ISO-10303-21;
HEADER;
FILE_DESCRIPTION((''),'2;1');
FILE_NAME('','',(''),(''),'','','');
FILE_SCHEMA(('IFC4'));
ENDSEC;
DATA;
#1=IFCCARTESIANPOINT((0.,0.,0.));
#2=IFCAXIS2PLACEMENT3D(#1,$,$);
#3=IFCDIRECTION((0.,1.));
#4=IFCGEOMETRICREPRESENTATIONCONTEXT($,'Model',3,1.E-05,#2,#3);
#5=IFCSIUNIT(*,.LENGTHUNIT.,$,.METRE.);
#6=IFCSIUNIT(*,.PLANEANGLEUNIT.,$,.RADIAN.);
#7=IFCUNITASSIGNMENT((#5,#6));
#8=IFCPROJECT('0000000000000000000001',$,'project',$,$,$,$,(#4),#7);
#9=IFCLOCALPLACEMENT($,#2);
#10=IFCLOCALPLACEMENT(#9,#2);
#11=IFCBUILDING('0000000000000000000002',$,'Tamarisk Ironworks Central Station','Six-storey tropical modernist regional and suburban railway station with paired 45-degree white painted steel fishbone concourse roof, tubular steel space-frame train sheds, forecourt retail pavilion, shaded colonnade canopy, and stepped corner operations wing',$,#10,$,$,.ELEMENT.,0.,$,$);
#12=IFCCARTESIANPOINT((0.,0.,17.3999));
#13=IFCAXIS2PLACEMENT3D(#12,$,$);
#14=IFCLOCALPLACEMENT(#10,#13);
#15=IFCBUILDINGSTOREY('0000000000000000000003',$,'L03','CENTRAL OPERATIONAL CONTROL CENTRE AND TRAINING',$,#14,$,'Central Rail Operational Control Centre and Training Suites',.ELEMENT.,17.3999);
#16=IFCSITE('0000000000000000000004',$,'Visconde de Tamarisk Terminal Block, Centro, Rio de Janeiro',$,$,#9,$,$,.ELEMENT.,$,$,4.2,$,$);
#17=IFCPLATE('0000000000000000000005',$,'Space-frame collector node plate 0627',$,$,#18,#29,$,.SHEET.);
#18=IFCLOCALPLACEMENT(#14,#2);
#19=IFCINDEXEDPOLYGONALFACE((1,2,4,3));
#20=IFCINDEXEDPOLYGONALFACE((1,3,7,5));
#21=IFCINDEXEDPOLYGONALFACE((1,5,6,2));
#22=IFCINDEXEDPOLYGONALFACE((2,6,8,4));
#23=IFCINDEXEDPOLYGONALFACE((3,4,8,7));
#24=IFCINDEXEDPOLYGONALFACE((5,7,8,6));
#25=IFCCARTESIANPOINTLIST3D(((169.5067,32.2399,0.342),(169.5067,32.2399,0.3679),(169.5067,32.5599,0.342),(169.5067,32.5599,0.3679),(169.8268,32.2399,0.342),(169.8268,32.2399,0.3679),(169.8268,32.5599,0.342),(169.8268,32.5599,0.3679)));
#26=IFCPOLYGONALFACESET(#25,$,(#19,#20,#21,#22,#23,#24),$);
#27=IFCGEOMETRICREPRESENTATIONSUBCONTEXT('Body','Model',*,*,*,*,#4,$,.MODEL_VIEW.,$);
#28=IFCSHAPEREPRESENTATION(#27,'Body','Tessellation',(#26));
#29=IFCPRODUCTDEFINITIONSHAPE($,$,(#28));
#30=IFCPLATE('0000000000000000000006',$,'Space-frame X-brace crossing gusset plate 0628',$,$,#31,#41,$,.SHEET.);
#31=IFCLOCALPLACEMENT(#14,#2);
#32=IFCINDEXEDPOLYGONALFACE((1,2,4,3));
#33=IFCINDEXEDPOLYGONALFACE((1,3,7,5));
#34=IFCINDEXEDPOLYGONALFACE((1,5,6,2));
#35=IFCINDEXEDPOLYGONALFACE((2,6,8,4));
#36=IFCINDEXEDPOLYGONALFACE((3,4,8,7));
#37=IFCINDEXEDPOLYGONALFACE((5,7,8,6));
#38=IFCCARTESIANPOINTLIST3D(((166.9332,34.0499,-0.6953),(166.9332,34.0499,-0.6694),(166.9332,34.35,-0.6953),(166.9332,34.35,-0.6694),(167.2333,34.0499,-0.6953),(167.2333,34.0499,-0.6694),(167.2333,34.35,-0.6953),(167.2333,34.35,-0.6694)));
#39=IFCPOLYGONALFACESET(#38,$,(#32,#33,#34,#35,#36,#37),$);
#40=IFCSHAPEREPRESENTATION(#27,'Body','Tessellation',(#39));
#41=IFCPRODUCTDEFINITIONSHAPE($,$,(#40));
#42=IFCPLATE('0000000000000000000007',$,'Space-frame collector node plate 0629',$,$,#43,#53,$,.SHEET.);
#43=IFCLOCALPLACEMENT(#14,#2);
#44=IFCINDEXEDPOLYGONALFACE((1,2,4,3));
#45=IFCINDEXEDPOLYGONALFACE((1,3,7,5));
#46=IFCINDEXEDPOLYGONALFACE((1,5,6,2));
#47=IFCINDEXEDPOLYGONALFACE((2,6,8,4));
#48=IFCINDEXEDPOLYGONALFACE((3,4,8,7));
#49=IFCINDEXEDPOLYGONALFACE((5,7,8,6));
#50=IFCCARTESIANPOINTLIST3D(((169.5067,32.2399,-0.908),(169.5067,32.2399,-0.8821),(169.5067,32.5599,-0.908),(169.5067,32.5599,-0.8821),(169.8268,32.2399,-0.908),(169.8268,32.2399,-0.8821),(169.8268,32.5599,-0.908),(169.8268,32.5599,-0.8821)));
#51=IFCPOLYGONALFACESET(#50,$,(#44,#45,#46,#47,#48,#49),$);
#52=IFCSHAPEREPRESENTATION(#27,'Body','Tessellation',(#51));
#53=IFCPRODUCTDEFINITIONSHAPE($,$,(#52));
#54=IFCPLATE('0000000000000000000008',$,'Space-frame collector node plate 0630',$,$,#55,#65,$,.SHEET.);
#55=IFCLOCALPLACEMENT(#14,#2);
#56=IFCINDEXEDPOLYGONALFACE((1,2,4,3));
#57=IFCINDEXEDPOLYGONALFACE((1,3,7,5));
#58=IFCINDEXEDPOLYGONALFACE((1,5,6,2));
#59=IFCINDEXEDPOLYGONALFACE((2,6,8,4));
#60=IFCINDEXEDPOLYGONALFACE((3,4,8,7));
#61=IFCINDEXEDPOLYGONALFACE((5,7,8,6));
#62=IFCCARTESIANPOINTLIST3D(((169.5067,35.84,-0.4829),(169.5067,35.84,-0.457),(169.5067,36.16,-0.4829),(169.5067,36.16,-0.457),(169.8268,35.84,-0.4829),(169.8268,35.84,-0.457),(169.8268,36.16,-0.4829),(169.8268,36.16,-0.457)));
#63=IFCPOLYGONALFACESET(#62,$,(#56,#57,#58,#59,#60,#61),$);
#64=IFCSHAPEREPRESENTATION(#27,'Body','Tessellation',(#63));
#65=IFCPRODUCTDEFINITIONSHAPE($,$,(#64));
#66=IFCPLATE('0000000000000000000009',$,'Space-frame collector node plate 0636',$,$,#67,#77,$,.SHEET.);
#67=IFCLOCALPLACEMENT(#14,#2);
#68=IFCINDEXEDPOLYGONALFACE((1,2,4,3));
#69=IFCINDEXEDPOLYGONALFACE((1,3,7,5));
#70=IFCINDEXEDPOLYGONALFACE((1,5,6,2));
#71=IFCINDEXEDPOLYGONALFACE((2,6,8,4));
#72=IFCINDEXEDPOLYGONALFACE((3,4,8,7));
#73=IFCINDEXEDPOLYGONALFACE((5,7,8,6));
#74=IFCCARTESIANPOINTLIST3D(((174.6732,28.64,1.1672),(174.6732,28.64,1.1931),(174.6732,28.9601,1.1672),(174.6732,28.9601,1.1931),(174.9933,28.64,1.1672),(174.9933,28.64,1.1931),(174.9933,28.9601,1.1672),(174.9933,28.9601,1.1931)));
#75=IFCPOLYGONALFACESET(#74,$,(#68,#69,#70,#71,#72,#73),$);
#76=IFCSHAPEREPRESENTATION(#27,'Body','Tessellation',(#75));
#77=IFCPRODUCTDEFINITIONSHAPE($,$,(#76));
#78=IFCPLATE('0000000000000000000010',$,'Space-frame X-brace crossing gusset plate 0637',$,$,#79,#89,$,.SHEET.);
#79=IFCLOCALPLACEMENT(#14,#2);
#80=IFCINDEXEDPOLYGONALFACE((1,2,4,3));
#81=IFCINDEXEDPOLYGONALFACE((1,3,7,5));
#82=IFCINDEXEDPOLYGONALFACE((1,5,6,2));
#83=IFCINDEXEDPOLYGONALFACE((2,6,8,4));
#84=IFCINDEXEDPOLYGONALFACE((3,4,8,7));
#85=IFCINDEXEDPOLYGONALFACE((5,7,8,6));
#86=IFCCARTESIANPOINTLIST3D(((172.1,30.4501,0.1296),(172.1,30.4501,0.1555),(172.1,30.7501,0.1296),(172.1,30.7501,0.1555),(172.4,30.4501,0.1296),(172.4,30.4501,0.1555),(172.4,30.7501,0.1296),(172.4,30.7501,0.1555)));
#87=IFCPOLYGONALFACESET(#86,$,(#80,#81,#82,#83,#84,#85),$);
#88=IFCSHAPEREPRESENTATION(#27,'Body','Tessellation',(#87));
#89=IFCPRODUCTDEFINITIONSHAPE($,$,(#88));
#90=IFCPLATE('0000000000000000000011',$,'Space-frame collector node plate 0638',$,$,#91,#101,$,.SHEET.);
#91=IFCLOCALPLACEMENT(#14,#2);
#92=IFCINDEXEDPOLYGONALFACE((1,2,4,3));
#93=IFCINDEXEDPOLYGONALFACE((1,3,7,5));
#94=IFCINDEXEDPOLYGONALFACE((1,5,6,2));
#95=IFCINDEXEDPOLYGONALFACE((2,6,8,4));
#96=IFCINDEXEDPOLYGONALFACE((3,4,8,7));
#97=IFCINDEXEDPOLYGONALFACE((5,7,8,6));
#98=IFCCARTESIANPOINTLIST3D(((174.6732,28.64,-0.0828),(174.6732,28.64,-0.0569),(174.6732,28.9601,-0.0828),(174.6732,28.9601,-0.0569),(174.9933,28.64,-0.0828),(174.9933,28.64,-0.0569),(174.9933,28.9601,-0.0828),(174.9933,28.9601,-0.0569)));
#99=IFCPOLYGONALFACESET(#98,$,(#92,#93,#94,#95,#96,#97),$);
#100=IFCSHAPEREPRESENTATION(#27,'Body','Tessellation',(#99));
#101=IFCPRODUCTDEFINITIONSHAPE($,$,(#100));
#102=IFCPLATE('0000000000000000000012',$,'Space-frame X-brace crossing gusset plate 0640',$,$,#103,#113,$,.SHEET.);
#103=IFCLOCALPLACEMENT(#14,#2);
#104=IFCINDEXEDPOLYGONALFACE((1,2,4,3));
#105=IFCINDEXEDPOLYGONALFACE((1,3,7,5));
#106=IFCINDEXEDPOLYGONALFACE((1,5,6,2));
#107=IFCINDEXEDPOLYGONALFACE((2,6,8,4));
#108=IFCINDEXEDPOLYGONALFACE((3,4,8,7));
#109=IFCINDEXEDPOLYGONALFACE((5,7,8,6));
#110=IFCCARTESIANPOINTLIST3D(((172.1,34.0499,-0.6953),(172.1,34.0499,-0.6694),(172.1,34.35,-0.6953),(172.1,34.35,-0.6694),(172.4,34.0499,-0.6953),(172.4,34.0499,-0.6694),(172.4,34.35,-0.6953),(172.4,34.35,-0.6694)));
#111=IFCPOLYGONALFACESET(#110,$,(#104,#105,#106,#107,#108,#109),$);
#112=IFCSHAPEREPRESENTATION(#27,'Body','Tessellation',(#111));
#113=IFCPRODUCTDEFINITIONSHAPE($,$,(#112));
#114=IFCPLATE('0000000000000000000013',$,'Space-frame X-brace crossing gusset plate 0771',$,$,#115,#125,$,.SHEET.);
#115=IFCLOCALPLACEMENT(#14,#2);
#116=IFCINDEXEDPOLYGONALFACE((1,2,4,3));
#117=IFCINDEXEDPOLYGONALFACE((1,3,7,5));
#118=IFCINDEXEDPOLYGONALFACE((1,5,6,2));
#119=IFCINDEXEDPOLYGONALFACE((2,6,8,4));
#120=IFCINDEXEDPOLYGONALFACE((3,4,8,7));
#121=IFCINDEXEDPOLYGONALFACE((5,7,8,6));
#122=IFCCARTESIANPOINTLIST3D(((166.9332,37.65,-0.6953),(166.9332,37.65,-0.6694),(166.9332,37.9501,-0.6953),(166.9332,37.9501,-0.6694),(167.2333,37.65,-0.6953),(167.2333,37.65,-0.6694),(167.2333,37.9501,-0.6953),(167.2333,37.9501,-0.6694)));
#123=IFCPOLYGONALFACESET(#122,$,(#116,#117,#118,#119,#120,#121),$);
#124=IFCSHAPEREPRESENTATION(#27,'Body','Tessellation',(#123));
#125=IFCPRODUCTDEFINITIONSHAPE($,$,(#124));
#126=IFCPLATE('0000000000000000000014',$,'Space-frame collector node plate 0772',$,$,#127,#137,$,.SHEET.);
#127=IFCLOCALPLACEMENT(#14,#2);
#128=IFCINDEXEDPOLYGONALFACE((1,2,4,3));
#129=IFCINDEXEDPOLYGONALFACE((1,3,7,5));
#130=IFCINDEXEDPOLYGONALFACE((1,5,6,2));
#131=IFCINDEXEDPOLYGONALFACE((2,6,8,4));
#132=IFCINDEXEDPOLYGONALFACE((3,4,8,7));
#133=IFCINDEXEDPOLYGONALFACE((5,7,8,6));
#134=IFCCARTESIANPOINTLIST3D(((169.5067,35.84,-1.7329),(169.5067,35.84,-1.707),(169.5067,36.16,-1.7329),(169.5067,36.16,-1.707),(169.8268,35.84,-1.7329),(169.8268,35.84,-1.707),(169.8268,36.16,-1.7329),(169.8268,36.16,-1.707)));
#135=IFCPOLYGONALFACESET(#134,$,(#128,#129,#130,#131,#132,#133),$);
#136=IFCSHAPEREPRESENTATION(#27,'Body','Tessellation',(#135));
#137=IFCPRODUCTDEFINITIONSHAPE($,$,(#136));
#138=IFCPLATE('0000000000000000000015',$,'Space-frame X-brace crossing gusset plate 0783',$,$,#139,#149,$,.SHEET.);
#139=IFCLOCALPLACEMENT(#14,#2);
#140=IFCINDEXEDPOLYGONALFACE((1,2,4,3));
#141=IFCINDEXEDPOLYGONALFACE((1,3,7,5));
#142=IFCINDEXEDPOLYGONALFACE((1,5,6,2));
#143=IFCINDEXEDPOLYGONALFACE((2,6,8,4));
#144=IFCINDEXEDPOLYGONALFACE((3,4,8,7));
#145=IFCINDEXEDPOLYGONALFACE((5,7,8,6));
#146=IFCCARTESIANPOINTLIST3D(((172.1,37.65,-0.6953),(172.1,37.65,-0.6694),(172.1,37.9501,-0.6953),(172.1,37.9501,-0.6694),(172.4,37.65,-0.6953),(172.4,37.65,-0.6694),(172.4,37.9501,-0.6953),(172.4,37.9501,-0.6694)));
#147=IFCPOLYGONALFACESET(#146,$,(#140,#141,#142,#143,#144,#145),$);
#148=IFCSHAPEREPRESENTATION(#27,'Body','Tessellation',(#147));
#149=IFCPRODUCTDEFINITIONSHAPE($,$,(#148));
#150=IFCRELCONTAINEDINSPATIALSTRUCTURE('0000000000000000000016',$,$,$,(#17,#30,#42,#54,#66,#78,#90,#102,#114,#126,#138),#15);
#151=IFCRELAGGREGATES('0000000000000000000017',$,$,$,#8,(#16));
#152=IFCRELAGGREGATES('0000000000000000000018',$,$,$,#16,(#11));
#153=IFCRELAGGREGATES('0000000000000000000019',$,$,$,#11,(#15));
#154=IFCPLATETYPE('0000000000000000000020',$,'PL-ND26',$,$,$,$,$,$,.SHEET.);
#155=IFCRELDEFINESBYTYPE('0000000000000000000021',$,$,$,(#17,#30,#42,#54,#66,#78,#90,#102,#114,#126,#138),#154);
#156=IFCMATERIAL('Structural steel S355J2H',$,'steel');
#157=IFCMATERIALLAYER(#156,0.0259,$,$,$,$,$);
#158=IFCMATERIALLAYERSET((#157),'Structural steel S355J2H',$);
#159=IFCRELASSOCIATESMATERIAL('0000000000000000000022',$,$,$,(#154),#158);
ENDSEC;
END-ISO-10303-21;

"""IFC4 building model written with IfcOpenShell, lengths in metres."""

from ifc_helpers import new_model, si_unit, direction, frame, origin, origin_2d, place, context, subcontext, project, spatial, rectangle, extrude, material, layer, layer_set, type_object, element, save


model = new_model("IFC4")

# Units and contexts
model_context = context("Model", 3, precision=1e-05, world=origin(), true_north=direction((0.0, 1.0)))
body_context = subcontext(model_context, "Body", "Model", "MODEL_VIEW")
ifc_project = project(units=[si_unit("LENGTHUNIT", "METRE"), si_unit("PLANEANGLEUNIT", "RADIAN")], contexts=[model_context])

# Site, building, storey
site_placement = place(None, origin())
site = spatial("IfcSite", under=ifc_project, at=site_placement, Name="Visconde de Tamarisk Terminal Block, Centro, Rio de Janeiro", CompositionType="ELEMENT", RefElevation=4.2)
building_placement = place(site_placement, origin())
building = spatial("IfcBuilding", under=site, at=building_placement, Name="Tamarisk Ironworks Central Station", Description="Six-storey tropical modernist regional and suburban railway station with paired 45-degree white painted steel fishbone concourse roof, tubular steel space-frame train sheds, forecourt retail pavilion, shaded colonnade canopy, and stepped corner operations wing", CompositionType="ELEMENT", ElevationOfRefHeight=0.0)
storey_placement = place(building_placement, frame((0.0, 0.0, 17.3999)))
storey = spatial("IfcBuildingStorey", under=building, at=storey_placement, Name="L03", Description="CENTRAL OPERATIONAL CONTROL CENTRE AND TRAINING", LongName="Central Rail Operational Control Centre and Training Suites", CompositionType="ELEMENT", Elevation=17.3999)

# Shared definitions
ifc_material = material(Name="Structural steel S355J2H", Category="steel")

# Plates
ifc_layer = layer(ifc_material, 0.0259)
ifc_layer_set = layer_set([ifc_layer], Name="Structural steel S355J2H")
plate_type = type_object("IfcPlateType", Name="PL-ND26", PredefinedType="SHEET", material=ifc_layer_set)
for number, where, z_axis, x_axis, name in (
    (1, (169.6667, 32.3999, 0.342), (0.0, 0.0, 1.0), (1.0, 0.0, 0.0), "Space-frame collector node plate 0627"),
):
    element("IfcPlate", number, at=place(storey_placement, frame(where, z_axis=z_axis, x_axis=x_axis)), inside=storey, type_object=plate_type, Name=name, PredefinedType="SHEET", context=body_context, shape_type="SweptSolid", body=[
        extrude(rectangle(XDim=0.3201, YDim=0.3201, at=origin_2d()), origin(), (0.0, 0.0, 1.0), 0.0259),
    ])
plate_1_placement = place(storey_placement, frame((167.0833, 34.2, -0.6953), z_axis=(0.0, 0.0, 1.0), x_axis=(1.0, 0.0, 0.0)))
element("IfcPlate", 2, at=plate_1_placement, inside=storey, type_object=plate_type, Name="Space-frame X-brace crossing gusset plate 0628", PredefinedType="SHEET", context=body_context, shape_type="SweptSolid", body=[
    extrude(rectangle(XDim=0.3, YDim=0.3, at=origin_2d()), origin(), (0.0, 0.0, 1.0), 0.0259),
])
for number, where, z_axis, x_axis, name in (
    (3, (169.6667, 32.3999, -0.908), (0.0, 0.0, 1.0), (1.0, 0.0, 0.0), "Space-frame collector node plate 0629"),
    (4, (169.6667, 36.0, -0.4829), (0.0, 0.0, 1.0), (1.0, 0.0, 0.0), "Space-frame collector node plate 0630"),
    (5, (174.8333, 28.8, 1.1672), (0.0, 0.0, 1.0), (1.0, 0.0, 0.0), "Space-frame collector node plate 0636"),
):
    element("IfcPlate", number, at=place(storey_placement, frame(where, z_axis=z_axis, x_axis=x_axis)), inside=storey, type_object=plate_type, Name=name, PredefinedType="SHEET", context=body_context, shape_type="SweptSolid", body=[
        extrude(rectangle(XDim=0.3201, YDim=0.3201, at=origin_2d()), origin(), (0.0, 0.0, 1.0), 0.0259),
    ])
plate_2_placement = place(storey_placement, frame((172.25, 30.6001, 0.1296), z_axis=(0.0, 0.0, 1.0), x_axis=(1.0, 0.0, 0.0)))
element("IfcPlate", 6, at=plate_2_placement, inside=storey, type_object=plate_type, Name="Space-frame X-brace crossing gusset plate 0637", PredefinedType="SHEET", context=body_context, shape_type="SweptSolid", body=[
    extrude(rectangle(XDim=0.3, YDim=0.3, at=origin_2d()), origin(), (0.0, 0.0, 1.0), 0.0259),
])
plate_3_placement = place(storey_placement, frame((174.8333, 28.8, -0.0828), z_axis=(0.0, 0.0, 1.0), x_axis=(1.0, 0.0, 0.0)))
element("IfcPlate", 7, at=plate_3_placement, inside=storey, type_object=plate_type, Name="Space-frame collector node plate 0638", PredefinedType="SHEET", context=body_context, shape_type="SweptSolid", body=[
    extrude(rectangle(XDim=0.3201, YDim=0.3201, at=origin_2d()), origin(), (0.0, 0.0, 1.0), 0.0259),
])
for number, where, z_axis, x_axis, name in (
    (8, (172.25, 34.2, -0.6953), (0.0, 0.0, 1.0), (1.0, 0.0, 0.0), "Space-frame X-brace crossing gusset plate 0640"),
    (9, (167.0833, 37.8, -0.6953), (0.0, 0.0, 1.0), (1.0, 0.0, 0.0), "Space-frame X-brace crossing gusset plate 0771"),
):
    element("IfcPlate", number, at=place(storey_placement, frame(where, z_axis=z_axis, x_axis=x_axis)), inside=storey, type_object=plate_type, Name=name, PredefinedType="SHEET", context=body_context, shape_type="SweptSolid", body=[
        extrude(rectangle(XDim=0.3, YDim=0.3, at=origin_2d()), origin(), (0.0, 0.0, 1.0), 0.0259),
    ])
plate_4_placement = place(storey_placement, frame((169.6667, 36.0, -1.7329), z_axis=(0.0, 0.0, 1.0), x_axis=(1.0, 0.0, 0.0)))
element("IfcPlate", 10, at=plate_4_placement, inside=storey, type_object=plate_type, Name="Space-frame collector node plate 0772", PredefinedType="SHEET", context=body_context, shape_type="SweptSolid", body=[
    extrude(rectangle(XDim=0.3201, YDim=0.3201, at=origin_2d()), origin(), (0.0, 0.0, 1.0), 0.0259),
])
plate_5_placement = place(storey_placement, frame((172.25, 37.8, -0.6953), z_axis=(0.0, 0.0, 1.0), x_axis=(1.0, 0.0, 0.0)))
element("IfcPlate", 11, at=plate_5_placement, inside=storey, type_object=plate_type, Name="Space-frame X-brace crossing gusset plate 0783", PredefinedType="SHEET", context=body_context, shape_type="SweptSolid", body=[
    extrude(rectangle(XDim=0.3, YDim=0.3, at=origin_2d()), origin(), (0.0, 0.0, 1.0), 0.0259),
])

save(model, "model.ifc")
